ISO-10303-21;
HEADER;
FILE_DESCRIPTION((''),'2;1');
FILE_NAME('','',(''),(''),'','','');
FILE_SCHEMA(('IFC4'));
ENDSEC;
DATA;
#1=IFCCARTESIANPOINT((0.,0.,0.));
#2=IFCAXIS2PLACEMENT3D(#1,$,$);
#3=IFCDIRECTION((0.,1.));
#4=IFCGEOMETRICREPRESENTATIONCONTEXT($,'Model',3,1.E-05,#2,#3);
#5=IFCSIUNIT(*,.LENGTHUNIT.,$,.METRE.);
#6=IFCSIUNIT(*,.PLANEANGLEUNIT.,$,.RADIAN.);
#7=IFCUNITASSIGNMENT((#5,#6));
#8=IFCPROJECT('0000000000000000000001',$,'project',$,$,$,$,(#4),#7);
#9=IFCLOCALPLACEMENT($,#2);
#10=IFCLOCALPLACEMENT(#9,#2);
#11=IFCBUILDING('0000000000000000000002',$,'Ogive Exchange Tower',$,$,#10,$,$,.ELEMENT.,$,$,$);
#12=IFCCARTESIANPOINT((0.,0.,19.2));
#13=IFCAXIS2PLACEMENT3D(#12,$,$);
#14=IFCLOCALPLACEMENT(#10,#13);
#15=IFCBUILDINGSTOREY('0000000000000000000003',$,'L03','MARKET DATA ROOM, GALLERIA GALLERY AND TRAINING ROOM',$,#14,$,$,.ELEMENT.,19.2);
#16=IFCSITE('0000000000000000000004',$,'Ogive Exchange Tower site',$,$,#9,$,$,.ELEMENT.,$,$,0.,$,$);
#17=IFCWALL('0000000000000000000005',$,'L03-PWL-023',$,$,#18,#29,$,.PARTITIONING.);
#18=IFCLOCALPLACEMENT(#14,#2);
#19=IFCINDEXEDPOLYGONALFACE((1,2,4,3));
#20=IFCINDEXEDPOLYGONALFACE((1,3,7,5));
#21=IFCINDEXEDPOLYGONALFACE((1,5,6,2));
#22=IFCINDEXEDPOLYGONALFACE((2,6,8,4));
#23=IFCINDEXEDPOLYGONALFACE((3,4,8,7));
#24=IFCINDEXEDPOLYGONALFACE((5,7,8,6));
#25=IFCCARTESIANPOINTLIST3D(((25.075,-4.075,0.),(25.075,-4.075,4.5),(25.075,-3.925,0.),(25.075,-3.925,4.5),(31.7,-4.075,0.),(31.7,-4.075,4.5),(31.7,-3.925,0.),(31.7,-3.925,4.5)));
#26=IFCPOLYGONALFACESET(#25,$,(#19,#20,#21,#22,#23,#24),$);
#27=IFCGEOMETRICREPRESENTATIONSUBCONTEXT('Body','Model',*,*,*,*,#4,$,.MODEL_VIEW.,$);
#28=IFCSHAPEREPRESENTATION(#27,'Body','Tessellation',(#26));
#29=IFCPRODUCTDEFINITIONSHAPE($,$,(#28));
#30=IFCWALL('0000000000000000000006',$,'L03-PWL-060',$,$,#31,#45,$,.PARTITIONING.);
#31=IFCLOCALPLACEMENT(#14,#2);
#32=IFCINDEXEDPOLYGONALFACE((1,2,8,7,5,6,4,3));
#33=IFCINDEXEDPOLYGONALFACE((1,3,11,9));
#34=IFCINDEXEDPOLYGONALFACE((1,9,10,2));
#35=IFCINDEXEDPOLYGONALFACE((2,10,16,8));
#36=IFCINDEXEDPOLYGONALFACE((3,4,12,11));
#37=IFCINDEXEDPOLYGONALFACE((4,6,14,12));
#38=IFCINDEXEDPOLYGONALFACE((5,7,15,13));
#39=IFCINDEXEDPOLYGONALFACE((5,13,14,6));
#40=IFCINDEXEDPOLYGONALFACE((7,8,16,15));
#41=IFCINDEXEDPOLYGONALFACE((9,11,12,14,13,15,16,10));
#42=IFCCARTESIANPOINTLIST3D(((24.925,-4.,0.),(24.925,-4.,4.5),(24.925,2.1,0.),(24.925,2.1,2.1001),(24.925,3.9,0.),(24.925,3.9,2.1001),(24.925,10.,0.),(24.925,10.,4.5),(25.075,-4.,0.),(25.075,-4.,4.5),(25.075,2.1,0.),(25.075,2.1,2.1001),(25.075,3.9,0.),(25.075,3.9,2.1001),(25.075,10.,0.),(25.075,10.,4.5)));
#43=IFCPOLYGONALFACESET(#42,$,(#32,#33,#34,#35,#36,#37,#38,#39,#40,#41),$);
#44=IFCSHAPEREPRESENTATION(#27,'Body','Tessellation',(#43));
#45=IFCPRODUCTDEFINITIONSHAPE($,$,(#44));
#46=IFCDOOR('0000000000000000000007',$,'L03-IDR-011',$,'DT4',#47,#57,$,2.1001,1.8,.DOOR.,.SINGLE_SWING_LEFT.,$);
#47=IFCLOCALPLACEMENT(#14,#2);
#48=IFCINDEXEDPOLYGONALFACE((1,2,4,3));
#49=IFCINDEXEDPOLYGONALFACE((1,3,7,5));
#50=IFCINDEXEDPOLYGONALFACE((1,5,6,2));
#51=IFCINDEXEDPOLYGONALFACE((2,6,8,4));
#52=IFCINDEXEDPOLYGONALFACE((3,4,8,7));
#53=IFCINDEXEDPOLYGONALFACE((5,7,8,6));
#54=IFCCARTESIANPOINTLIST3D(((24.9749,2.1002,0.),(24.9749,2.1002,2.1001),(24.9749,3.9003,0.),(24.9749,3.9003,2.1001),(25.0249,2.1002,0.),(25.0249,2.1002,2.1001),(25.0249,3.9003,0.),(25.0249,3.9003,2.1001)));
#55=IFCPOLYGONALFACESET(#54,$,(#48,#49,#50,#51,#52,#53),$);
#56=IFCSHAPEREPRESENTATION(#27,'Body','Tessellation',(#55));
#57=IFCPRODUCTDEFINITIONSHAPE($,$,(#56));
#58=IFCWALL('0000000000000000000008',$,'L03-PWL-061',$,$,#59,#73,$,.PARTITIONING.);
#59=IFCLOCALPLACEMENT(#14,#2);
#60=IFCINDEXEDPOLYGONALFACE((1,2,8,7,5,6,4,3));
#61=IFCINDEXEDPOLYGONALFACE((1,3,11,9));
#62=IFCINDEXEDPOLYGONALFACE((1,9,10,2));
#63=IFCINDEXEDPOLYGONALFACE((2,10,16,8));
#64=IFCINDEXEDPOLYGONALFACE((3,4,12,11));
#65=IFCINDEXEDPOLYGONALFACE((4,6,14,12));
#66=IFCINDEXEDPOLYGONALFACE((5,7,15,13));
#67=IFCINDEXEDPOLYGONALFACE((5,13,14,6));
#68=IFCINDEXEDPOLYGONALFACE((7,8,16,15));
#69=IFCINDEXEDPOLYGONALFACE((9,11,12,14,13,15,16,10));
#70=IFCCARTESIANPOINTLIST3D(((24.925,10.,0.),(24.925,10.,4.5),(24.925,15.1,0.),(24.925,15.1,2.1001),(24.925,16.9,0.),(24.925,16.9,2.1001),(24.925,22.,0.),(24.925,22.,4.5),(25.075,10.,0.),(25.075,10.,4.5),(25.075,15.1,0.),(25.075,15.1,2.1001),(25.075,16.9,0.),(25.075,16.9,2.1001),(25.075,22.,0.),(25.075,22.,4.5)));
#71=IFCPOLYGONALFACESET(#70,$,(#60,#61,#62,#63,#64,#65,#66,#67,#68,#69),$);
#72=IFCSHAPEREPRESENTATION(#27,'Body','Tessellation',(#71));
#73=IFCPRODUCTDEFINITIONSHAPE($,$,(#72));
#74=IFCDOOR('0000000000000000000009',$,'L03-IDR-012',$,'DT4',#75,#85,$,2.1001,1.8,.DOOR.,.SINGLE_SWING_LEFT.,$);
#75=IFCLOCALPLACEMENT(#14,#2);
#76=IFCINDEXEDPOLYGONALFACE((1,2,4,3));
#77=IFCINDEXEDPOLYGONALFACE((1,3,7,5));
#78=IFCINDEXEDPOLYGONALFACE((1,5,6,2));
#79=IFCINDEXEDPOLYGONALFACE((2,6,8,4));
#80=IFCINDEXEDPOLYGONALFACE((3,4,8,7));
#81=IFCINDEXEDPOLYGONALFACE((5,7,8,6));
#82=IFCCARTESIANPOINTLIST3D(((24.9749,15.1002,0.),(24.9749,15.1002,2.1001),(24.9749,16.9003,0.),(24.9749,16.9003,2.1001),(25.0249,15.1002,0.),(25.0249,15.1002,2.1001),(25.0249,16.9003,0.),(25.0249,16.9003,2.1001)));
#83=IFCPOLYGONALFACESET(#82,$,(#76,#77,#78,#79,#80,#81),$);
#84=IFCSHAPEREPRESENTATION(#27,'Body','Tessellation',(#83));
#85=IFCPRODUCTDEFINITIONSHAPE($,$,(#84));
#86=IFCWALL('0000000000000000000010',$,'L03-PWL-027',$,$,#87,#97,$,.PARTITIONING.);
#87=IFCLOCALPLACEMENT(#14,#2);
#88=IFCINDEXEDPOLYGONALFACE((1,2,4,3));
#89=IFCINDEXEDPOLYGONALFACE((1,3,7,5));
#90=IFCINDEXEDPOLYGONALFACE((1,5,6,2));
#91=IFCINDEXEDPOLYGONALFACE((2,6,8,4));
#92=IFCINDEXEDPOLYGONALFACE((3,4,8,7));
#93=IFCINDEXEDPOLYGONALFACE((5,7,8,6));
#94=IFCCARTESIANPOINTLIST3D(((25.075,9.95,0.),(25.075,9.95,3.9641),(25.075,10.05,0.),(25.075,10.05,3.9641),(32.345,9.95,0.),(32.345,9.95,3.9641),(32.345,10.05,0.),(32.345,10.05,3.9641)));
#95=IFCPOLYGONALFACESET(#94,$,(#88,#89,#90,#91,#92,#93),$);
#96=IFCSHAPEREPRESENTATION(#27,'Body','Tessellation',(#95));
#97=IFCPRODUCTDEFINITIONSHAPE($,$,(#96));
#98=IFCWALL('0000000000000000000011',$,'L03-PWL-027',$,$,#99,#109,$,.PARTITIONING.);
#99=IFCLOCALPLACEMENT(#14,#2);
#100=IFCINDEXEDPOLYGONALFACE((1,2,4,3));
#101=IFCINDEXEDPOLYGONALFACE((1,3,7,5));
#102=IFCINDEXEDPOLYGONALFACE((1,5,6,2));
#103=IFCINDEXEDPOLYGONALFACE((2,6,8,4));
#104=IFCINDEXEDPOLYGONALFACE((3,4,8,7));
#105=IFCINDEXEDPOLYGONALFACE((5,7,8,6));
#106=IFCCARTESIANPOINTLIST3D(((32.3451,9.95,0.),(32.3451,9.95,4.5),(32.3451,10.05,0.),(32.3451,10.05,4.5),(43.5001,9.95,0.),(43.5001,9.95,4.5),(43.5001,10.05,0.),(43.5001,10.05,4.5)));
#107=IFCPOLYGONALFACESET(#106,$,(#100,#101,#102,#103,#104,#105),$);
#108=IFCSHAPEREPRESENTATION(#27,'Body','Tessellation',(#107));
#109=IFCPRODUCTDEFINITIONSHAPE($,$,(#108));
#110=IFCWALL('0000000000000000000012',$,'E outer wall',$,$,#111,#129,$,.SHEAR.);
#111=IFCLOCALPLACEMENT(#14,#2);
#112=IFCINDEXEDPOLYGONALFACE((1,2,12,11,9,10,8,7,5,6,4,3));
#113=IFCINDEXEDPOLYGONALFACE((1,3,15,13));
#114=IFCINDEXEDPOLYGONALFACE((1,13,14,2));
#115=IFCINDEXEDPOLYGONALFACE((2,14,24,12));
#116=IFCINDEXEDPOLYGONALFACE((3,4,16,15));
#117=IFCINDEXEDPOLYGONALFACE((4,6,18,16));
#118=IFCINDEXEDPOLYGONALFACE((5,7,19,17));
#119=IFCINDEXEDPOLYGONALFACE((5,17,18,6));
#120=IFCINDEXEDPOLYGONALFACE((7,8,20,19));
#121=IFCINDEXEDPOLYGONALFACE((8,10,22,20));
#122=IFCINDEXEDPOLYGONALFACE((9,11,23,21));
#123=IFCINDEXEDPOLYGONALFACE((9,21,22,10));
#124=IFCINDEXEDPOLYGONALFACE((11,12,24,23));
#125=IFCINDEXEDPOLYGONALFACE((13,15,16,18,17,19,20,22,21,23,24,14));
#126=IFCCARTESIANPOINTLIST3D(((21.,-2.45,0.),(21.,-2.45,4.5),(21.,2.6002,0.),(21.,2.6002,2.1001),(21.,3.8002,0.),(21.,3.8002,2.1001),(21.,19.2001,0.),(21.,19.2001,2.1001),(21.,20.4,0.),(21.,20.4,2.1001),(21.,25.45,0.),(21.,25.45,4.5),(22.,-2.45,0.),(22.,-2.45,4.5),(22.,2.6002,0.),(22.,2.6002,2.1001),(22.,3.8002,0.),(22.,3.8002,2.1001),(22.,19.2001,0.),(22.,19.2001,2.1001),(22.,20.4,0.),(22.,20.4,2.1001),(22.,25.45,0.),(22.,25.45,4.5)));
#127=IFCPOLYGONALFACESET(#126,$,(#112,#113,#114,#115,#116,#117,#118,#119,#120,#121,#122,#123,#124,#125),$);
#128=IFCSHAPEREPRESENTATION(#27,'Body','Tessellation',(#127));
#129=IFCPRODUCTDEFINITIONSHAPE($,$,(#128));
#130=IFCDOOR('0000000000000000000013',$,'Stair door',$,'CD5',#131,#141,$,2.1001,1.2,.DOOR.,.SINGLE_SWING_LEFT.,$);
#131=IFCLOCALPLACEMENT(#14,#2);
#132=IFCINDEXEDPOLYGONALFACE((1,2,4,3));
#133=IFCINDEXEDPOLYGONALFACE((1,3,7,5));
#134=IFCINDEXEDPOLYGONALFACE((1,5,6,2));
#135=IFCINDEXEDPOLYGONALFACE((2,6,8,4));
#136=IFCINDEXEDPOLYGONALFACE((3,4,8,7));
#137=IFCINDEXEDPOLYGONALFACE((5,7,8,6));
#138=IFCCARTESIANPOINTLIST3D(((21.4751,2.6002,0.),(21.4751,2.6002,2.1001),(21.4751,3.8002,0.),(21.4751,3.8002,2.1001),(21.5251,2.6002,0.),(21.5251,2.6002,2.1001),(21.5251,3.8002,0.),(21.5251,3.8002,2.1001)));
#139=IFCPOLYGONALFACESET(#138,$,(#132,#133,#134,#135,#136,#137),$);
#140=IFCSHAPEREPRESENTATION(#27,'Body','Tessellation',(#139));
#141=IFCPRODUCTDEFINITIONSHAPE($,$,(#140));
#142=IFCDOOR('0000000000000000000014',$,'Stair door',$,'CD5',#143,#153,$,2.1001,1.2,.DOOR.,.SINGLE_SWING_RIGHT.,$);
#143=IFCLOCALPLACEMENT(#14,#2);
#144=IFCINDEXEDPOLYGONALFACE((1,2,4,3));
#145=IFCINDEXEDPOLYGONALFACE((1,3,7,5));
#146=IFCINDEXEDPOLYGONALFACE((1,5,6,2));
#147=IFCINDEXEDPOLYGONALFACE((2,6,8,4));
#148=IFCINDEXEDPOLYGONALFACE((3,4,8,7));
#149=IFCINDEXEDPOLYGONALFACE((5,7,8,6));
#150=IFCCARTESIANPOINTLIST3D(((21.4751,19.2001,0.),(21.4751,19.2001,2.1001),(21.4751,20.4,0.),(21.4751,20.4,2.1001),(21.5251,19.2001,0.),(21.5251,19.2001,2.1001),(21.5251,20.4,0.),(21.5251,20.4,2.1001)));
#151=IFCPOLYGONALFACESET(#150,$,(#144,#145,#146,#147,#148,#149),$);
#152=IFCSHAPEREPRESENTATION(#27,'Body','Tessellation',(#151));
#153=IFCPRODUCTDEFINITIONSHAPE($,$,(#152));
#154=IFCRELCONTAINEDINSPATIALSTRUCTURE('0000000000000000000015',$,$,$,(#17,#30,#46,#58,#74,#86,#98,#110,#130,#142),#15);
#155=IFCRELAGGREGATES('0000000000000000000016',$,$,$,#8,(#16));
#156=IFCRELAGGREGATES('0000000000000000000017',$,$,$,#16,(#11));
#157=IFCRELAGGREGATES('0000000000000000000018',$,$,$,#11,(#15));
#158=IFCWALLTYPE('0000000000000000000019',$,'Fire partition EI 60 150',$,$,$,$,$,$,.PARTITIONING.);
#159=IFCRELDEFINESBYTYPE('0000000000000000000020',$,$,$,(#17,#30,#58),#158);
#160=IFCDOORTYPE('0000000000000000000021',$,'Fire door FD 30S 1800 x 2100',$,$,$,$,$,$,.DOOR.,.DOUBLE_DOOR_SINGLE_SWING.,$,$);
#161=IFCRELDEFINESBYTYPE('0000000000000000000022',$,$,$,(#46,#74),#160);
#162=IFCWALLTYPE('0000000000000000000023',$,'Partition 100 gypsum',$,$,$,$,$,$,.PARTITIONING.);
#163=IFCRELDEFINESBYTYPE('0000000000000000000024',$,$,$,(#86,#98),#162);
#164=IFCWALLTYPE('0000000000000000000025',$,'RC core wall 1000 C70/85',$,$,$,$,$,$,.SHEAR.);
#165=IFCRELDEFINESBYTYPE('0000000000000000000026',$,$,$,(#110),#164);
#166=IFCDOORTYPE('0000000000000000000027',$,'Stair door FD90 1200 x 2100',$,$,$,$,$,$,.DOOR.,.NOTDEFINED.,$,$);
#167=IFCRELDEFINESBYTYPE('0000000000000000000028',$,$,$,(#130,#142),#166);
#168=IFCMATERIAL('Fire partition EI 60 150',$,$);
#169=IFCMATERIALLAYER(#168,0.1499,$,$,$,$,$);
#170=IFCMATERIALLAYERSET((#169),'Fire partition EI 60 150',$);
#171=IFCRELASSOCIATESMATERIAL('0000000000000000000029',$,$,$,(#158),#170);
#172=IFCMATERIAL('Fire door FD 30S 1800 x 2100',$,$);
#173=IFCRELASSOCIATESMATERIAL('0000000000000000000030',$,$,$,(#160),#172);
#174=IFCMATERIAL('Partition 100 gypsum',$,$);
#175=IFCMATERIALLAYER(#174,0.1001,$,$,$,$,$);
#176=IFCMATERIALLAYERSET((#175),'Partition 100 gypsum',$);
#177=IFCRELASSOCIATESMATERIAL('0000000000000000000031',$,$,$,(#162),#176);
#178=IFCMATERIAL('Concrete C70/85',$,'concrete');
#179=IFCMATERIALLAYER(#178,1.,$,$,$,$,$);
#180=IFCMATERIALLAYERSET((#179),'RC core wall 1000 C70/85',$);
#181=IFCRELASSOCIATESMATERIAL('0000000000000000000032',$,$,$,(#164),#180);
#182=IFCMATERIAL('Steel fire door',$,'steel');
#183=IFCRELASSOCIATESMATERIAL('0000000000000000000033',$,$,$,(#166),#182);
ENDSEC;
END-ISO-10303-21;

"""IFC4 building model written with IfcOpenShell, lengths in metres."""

from ifc_helpers import new_model, si_unit, direction, frame, frame_2d, origin, place, context, subcontext, project, spatial, rectangle, extrude, material, layer, layer_set, type_object, element, fill, save


model = new_model("IFC4")

# Units and contexts
model_context = context("Model", 3, precision=1e-05, world=origin(), true_north=direction((0.0, 1.0)))
body_context = subcontext(model_context, "Body", "Model", "MODEL_VIEW")
ifc_project = project(units=[si_unit("LENGTHUNIT", "METRE"), si_unit("PLANEANGLEUNIT", "RADIAN")], contexts=[model_context])

# Site, building, storey
site_placement = place(None, origin())
site = spatial("IfcSite", under=ifc_project, at=site_placement, Name="Ogive Exchange Tower site", CompositionType="ELEMENT", RefElevation=0.0)
building_placement = place(site_placement, origin())
building = spatial("IfcBuilding", under=site, at=building_placement, Name="Ogive Exchange Tower", CompositionType="ELEMENT")
storey_placement = place(building_placement, frame((0.0, 0.0, 19.2)))
storey = spatial("IfcBuildingStorey", under=building, at=storey_placement, Name="L03", Description="MARKET DATA ROOM, GALLERIA GALLERY AND TRAINING ROOM", CompositionType="ELEMENT", Elevation=19.2)

# Shared definitions
ifc_material_1 = material(Name="Concrete C70/85", Category="concrete")

# Wall
ifc_material_2 = material(Name="Fire partition EI 60 150")
ifc_layer_1 = layer(ifc_material_2, 0.1499)
ifc_layer_set_1 = layer_set([ifc_layer_1], Name="Fire partition EI 60 150")
wall_type_1 = type_object("IfcWallType", Name="Fire partition EI 60 150", PredefinedType="PARTITIONING", material=ifc_layer_set_1)
wall_1_placement = place(storey_placement, frame((25.075, -4.0, 0.0), z_axis=(0.0, 0.0, 1.0), x_axis=(1.0, 0.0, 0.0)))
element("IfcWall", 1, at=wall_1_placement, inside=storey, type_object=wall_type_1, Name="L03-PWL-023", PredefinedType="PARTITIONING", context=body_context, shape_type="SweptSolid", body=[
    extrude(rectangle(XDim=6.625, YDim=0.1499, at=frame_2d((3.3125, 0.0))), origin(), (0.0, 0.0, 1.0), 4.5),
])

# Walls, openings, doors
wall_2_placement = place(storey_placement, frame((25.0, -4.0, 0.0), z_axis=(0.0, 0.0, 1.0), x_axis=(0.0, 1.0, 0.0)))
wall_2 = element("IfcWall", 2, at=wall_2_placement, inside=storey, type_object=wall_type_1, Name="L03-PWL-060", PredefinedType="PARTITIONING", context=body_context, shape_type="SweptSolid", body=[
    extrude(rectangle(XDim=14.0, YDim=0.1499, at=frame_2d((7.0, 0.0))), origin(), (0.0, 0.0, 1.0), 4.5),
])
opening_1_placement = place(wall_2_placement, frame((6.1001, 0.0, 0.0)))
opening_1 = element("IfcOpeningElement", 3, at=opening_1_placement, cuts=wall_2, PredefinedType="OPENING", context=body_context, shape_type="SweptSolid", body=[
    extrude(rectangle(XDim=1.8, YDim=2.1001, at=frame_2d((0.8999, 1.05))), frame((0.0, 0.085, 0.0), z_axis=(0.0, -1.0, 0.0), x_axis=(1.0, 0.0, 0.0)), (0.0, 0.0, 1.0), 0.1699),
])
ifc_material_3 = material(Name="Fire door FD 30S 1800 x 2100")
door_type_1 = type_object("IfcDoorType", Name="Fire door FD 30S 1800 x 2100", OperationType="DOUBLE_DOOR_SINGLE_SWING", PredefinedType="DOOR", material=ifc_material_3)
door_1_placement = place(opening_1_placement, frame((1.8, 0.0, 0.0), z_axis=(0.0, 0.0, 1.0), x_axis=(-1.0, 0.0, 0.0)))
door_1 = element("IfcDoor", 4, at=door_1_placement, inside=storey, type_object=door_type_1, Name="L03-IDR-011", ObjectType="DT4", OperationType="SINGLE_SWING_LEFT", OverallHeight=2.1001, OverallWidth=1.8, PredefinedType="DOOR", context=body_context, shape_type="SweptSolid", body=[
    extrude(rectangle(XDim=1.8, YDim=2.1001, at=frame_2d((0.8999, 1.05))), frame((0.0, 0.0249, 0.0), z_axis=(0.0, -1.0, 0.0), x_axis=(1.0, 0.0, 0.0)), (0.0, 0.0, 1.0), 0.05),
])
fill(opening_1, door_1)
wall_3_placement = place(storey_placement, frame((25.0, 10.0, 0.0), z_axis=(0.0, 0.0, 1.0), x_axis=(0.0, 1.0, 0.0)))
wall_3 = element("IfcWall", 5, at=wall_3_placement, inside=storey, type_object=wall_type_1, Name="L03-PWL-061", PredefinedType="PARTITIONING", context=body_context, shape_type="SweptSolid", body=[
    extrude(rectangle(XDim=12.0, YDim=0.1499, at=frame_2d((6.0, 0.0))), origin(), (0.0, 0.0, 1.0), 4.5),
])
opening_2_placement = place(wall_3_placement, frame((5.1001, 0.0, 0.0)))
opening_2 = element("IfcOpeningElement", 6, at=opening_2_placement, cuts=wall_3, PredefinedType="OPENING", context=body_context, shape_type="SweptSolid", body=[
    extrude(rectangle(XDim=1.8, YDim=2.1001, at=frame_2d((0.8999, 1.05))), frame((0.0, 0.085, 0.0), z_axis=(0.0, -1.0, 0.0), x_axis=(1.0, 0.0, 0.0)), (0.0, 0.0, 1.0), 0.1699),
])
door_2_placement = place(opening_2_placement, frame((1.8, 0.0, 0.0), z_axis=(0.0, 0.0, 1.0), x_axis=(-1.0, 0.0, 0.0)))
door_2 = element("IfcDoor", 7, at=door_2_placement, inside=storey, type_object=door_type_1, Name="L03-IDR-012", ObjectType="DT4", OperationType="SINGLE_SWING_LEFT", OverallHeight=2.1001, OverallWidth=1.8, PredefinedType="DOOR", context=body_context, shape_type="SweptSolid", body=[
    extrude(rectangle(XDim=1.8, YDim=2.1001, at=frame_2d((0.8999, 1.05))), frame((0.0, 0.0249, 0.0), z_axis=(0.0, -1.0, 0.0), x_axis=(1.0, 0.0, 0.0)), (0.0, 0.0, 1.0), 0.05),
])
fill(opening_2, door_2)

# Walls
ifc_material_4 = material(Name="Partition 100 gypsum")
ifc_layer_2 = layer(ifc_material_4, 0.1001)
ifc_layer_set_2 = layer_set([ifc_layer_2], Name="Partition 100 gypsum")
wall_type_2 = type_object("IfcWallType", Name="Partition 100 gypsum", PredefinedType="PARTITIONING", material=ifc_layer_set_2)
wall_4_placement = place(storey_placement, frame((25.075, 10.0, 0.0), z_axis=(0.0, 0.0, 1.0), x_axis=(1.0, 0.0, 0.0)))
element("IfcWall", 8, at=wall_4_placement, inside=storey, type_object=wall_type_2, Name="L03-PWL-027", PredefinedType="PARTITIONING", context=body_context, shape_type="SweptSolid", body=[
    extrude(rectangle(XDim=7.27, YDim=0.1001, at=frame_2d((3.635, 0.0))), origin(), (0.0, 0.0, 1.0), 3.9641),
])
wall_5_placement = place(storey_placement, frame((32.345, 10.0, 0.0), z_axis=(0.0, 0.0, 1.0), x_axis=(1.0, 0.0, 0.0)))
element("IfcWall", 9, at=wall_5_placement, inside=storey, type_object=wall_type_2, Name="L03-PWL-027", PredefinedType="PARTITIONING", context=body_context, shape_type="SweptSolid", body=[
    extrude(rectangle(XDim=11.155, YDim=0.1001, at=frame_2d((5.5776, 0.0))), origin(), (0.0, 0.0, 1.0), 4.5),
])

# Wall, openings, doors
ifc_layer_3 = layer(ifc_material_1, 1.0)
ifc_layer_set_3 = layer_set([ifc_layer_3], Name="RC core wall 1000 C70/85")
wall_type_3 = type_object("IfcWallType", Name="RC core wall 1000 C70/85", PredefinedType="SHEAR", material=ifc_layer_set_3)
wall_6_placement = place(storey_placement, frame((21.5, -2.45, 0.0), z_axis=(0.0, 0.0, 1.0), x_axis=(0.0, 1.0, 0.0)))
wall_6 = element("IfcWall", 10, at=wall_6_placement, inside=storey, type_object=wall_type_3, Name="E outer wall", PredefinedType="SHEAR", context=body_context, shape_type="SweptSolid", body=[
    extrude(rectangle(XDim=27.8999, YDim=1.0, at=frame_2d((13.95, 0.0))), origin(), (0.0, 0.0, 1.0), 4.5),
])
opening_3_placement = place(wall_6_placement, frame((5.05, 0.0, 0.0)))
opening_3 = element("IfcOpeningElement", 11, at=opening_3_placement, cuts=wall_6, PredefinedType="OPENING", context=body_context, shape_type="SweptSolid", body=[
    extrude(rectangle(XDim=1.2, YDim=2.1001, at=frame_2d((0.6001, 1.05))), frame((0.0, 0.51, 0.0), z_axis=(0.0, -1.0, 0.0), x_axis=(1.0, 0.0, 0.0)), (0.0, 0.0, 1.0), 1.02),
])
opening_4_placement = place(wall_6_placement, frame((21.6499, 0.0, 0.0)))
opening_4 = element("IfcOpeningElement", 12, at=opening_4_placement, cuts=wall_6, PredefinedType="OPENING", context=body_context, shape_type="SweptSolid", body=[
    extrude(rectangle(XDim=1.2, YDim=2.1001, at=frame_2d((0.6001, 1.05))), frame((0.0, 0.51, 0.0), z_axis=(0.0, -1.0, 0.0), x_axis=(1.0, 0.0, 0.0)), (0.0, 0.0, 1.0), 1.02),
])
ifc_material_5 = material(Name="Steel fire door", Category="steel")
door_type_2 = type_object("IfcDoorType", Name="Stair door FD90 1200 x 2100", OperationType="NOTDEFINED", PredefinedType="DOOR", material=ifc_material_5)
door_3_placement = place(opening_3_placement, origin())
door_3 = element("IfcDoor", 13, at=door_3_placement, inside=storey, type_object=door_type_2, Name="Stair door", ObjectType="CD5", OperationType="SINGLE_SWING_LEFT", OverallHeight=2.1001, OverallWidth=1.2, PredefinedType="DOOR", context=body_context, shape_type="SweptSolid", body=[
    extrude(rectangle(XDim=1.2, YDim=2.1001, at=frame_2d((0.6001, 1.05))), frame((0.0, 0.0249, 0.0), z_axis=(0.0, -1.0, 0.0), x_axis=(1.0, 0.0, 0.0)), (0.0, 0.0, 1.0), 0.05),
])
fill(opening_3, door_3)
door_4_placement = place(opening_4_placement, origin())
door_4 = element("IfcDoor", 14, at=door_4_placement, inside=storey, type_object=door_type_2, Name="Stair door", ObjectType="CD5", OperationType="SINGLE_SWING_RIGHT", OverallHeight=2.1001, OverallWidth=1.2, PredefinedType="DOOR", context=body_context, shape_type="SweptSolid", body=[
    extrude(rectangle(XDim=1.2, YDim=2.1001, at=frame_2d((0.6001, 1.05))), frame((0.0, 0.0249, 0.0), z_axis=(0.0, -1.0, 0.0), x_axis=(1.0, 0.0, 0.0)), (0.0, 0.0, 1.0), 0.05),
])
fill(opening_4, door_4)

save(model, "model.ifc")
